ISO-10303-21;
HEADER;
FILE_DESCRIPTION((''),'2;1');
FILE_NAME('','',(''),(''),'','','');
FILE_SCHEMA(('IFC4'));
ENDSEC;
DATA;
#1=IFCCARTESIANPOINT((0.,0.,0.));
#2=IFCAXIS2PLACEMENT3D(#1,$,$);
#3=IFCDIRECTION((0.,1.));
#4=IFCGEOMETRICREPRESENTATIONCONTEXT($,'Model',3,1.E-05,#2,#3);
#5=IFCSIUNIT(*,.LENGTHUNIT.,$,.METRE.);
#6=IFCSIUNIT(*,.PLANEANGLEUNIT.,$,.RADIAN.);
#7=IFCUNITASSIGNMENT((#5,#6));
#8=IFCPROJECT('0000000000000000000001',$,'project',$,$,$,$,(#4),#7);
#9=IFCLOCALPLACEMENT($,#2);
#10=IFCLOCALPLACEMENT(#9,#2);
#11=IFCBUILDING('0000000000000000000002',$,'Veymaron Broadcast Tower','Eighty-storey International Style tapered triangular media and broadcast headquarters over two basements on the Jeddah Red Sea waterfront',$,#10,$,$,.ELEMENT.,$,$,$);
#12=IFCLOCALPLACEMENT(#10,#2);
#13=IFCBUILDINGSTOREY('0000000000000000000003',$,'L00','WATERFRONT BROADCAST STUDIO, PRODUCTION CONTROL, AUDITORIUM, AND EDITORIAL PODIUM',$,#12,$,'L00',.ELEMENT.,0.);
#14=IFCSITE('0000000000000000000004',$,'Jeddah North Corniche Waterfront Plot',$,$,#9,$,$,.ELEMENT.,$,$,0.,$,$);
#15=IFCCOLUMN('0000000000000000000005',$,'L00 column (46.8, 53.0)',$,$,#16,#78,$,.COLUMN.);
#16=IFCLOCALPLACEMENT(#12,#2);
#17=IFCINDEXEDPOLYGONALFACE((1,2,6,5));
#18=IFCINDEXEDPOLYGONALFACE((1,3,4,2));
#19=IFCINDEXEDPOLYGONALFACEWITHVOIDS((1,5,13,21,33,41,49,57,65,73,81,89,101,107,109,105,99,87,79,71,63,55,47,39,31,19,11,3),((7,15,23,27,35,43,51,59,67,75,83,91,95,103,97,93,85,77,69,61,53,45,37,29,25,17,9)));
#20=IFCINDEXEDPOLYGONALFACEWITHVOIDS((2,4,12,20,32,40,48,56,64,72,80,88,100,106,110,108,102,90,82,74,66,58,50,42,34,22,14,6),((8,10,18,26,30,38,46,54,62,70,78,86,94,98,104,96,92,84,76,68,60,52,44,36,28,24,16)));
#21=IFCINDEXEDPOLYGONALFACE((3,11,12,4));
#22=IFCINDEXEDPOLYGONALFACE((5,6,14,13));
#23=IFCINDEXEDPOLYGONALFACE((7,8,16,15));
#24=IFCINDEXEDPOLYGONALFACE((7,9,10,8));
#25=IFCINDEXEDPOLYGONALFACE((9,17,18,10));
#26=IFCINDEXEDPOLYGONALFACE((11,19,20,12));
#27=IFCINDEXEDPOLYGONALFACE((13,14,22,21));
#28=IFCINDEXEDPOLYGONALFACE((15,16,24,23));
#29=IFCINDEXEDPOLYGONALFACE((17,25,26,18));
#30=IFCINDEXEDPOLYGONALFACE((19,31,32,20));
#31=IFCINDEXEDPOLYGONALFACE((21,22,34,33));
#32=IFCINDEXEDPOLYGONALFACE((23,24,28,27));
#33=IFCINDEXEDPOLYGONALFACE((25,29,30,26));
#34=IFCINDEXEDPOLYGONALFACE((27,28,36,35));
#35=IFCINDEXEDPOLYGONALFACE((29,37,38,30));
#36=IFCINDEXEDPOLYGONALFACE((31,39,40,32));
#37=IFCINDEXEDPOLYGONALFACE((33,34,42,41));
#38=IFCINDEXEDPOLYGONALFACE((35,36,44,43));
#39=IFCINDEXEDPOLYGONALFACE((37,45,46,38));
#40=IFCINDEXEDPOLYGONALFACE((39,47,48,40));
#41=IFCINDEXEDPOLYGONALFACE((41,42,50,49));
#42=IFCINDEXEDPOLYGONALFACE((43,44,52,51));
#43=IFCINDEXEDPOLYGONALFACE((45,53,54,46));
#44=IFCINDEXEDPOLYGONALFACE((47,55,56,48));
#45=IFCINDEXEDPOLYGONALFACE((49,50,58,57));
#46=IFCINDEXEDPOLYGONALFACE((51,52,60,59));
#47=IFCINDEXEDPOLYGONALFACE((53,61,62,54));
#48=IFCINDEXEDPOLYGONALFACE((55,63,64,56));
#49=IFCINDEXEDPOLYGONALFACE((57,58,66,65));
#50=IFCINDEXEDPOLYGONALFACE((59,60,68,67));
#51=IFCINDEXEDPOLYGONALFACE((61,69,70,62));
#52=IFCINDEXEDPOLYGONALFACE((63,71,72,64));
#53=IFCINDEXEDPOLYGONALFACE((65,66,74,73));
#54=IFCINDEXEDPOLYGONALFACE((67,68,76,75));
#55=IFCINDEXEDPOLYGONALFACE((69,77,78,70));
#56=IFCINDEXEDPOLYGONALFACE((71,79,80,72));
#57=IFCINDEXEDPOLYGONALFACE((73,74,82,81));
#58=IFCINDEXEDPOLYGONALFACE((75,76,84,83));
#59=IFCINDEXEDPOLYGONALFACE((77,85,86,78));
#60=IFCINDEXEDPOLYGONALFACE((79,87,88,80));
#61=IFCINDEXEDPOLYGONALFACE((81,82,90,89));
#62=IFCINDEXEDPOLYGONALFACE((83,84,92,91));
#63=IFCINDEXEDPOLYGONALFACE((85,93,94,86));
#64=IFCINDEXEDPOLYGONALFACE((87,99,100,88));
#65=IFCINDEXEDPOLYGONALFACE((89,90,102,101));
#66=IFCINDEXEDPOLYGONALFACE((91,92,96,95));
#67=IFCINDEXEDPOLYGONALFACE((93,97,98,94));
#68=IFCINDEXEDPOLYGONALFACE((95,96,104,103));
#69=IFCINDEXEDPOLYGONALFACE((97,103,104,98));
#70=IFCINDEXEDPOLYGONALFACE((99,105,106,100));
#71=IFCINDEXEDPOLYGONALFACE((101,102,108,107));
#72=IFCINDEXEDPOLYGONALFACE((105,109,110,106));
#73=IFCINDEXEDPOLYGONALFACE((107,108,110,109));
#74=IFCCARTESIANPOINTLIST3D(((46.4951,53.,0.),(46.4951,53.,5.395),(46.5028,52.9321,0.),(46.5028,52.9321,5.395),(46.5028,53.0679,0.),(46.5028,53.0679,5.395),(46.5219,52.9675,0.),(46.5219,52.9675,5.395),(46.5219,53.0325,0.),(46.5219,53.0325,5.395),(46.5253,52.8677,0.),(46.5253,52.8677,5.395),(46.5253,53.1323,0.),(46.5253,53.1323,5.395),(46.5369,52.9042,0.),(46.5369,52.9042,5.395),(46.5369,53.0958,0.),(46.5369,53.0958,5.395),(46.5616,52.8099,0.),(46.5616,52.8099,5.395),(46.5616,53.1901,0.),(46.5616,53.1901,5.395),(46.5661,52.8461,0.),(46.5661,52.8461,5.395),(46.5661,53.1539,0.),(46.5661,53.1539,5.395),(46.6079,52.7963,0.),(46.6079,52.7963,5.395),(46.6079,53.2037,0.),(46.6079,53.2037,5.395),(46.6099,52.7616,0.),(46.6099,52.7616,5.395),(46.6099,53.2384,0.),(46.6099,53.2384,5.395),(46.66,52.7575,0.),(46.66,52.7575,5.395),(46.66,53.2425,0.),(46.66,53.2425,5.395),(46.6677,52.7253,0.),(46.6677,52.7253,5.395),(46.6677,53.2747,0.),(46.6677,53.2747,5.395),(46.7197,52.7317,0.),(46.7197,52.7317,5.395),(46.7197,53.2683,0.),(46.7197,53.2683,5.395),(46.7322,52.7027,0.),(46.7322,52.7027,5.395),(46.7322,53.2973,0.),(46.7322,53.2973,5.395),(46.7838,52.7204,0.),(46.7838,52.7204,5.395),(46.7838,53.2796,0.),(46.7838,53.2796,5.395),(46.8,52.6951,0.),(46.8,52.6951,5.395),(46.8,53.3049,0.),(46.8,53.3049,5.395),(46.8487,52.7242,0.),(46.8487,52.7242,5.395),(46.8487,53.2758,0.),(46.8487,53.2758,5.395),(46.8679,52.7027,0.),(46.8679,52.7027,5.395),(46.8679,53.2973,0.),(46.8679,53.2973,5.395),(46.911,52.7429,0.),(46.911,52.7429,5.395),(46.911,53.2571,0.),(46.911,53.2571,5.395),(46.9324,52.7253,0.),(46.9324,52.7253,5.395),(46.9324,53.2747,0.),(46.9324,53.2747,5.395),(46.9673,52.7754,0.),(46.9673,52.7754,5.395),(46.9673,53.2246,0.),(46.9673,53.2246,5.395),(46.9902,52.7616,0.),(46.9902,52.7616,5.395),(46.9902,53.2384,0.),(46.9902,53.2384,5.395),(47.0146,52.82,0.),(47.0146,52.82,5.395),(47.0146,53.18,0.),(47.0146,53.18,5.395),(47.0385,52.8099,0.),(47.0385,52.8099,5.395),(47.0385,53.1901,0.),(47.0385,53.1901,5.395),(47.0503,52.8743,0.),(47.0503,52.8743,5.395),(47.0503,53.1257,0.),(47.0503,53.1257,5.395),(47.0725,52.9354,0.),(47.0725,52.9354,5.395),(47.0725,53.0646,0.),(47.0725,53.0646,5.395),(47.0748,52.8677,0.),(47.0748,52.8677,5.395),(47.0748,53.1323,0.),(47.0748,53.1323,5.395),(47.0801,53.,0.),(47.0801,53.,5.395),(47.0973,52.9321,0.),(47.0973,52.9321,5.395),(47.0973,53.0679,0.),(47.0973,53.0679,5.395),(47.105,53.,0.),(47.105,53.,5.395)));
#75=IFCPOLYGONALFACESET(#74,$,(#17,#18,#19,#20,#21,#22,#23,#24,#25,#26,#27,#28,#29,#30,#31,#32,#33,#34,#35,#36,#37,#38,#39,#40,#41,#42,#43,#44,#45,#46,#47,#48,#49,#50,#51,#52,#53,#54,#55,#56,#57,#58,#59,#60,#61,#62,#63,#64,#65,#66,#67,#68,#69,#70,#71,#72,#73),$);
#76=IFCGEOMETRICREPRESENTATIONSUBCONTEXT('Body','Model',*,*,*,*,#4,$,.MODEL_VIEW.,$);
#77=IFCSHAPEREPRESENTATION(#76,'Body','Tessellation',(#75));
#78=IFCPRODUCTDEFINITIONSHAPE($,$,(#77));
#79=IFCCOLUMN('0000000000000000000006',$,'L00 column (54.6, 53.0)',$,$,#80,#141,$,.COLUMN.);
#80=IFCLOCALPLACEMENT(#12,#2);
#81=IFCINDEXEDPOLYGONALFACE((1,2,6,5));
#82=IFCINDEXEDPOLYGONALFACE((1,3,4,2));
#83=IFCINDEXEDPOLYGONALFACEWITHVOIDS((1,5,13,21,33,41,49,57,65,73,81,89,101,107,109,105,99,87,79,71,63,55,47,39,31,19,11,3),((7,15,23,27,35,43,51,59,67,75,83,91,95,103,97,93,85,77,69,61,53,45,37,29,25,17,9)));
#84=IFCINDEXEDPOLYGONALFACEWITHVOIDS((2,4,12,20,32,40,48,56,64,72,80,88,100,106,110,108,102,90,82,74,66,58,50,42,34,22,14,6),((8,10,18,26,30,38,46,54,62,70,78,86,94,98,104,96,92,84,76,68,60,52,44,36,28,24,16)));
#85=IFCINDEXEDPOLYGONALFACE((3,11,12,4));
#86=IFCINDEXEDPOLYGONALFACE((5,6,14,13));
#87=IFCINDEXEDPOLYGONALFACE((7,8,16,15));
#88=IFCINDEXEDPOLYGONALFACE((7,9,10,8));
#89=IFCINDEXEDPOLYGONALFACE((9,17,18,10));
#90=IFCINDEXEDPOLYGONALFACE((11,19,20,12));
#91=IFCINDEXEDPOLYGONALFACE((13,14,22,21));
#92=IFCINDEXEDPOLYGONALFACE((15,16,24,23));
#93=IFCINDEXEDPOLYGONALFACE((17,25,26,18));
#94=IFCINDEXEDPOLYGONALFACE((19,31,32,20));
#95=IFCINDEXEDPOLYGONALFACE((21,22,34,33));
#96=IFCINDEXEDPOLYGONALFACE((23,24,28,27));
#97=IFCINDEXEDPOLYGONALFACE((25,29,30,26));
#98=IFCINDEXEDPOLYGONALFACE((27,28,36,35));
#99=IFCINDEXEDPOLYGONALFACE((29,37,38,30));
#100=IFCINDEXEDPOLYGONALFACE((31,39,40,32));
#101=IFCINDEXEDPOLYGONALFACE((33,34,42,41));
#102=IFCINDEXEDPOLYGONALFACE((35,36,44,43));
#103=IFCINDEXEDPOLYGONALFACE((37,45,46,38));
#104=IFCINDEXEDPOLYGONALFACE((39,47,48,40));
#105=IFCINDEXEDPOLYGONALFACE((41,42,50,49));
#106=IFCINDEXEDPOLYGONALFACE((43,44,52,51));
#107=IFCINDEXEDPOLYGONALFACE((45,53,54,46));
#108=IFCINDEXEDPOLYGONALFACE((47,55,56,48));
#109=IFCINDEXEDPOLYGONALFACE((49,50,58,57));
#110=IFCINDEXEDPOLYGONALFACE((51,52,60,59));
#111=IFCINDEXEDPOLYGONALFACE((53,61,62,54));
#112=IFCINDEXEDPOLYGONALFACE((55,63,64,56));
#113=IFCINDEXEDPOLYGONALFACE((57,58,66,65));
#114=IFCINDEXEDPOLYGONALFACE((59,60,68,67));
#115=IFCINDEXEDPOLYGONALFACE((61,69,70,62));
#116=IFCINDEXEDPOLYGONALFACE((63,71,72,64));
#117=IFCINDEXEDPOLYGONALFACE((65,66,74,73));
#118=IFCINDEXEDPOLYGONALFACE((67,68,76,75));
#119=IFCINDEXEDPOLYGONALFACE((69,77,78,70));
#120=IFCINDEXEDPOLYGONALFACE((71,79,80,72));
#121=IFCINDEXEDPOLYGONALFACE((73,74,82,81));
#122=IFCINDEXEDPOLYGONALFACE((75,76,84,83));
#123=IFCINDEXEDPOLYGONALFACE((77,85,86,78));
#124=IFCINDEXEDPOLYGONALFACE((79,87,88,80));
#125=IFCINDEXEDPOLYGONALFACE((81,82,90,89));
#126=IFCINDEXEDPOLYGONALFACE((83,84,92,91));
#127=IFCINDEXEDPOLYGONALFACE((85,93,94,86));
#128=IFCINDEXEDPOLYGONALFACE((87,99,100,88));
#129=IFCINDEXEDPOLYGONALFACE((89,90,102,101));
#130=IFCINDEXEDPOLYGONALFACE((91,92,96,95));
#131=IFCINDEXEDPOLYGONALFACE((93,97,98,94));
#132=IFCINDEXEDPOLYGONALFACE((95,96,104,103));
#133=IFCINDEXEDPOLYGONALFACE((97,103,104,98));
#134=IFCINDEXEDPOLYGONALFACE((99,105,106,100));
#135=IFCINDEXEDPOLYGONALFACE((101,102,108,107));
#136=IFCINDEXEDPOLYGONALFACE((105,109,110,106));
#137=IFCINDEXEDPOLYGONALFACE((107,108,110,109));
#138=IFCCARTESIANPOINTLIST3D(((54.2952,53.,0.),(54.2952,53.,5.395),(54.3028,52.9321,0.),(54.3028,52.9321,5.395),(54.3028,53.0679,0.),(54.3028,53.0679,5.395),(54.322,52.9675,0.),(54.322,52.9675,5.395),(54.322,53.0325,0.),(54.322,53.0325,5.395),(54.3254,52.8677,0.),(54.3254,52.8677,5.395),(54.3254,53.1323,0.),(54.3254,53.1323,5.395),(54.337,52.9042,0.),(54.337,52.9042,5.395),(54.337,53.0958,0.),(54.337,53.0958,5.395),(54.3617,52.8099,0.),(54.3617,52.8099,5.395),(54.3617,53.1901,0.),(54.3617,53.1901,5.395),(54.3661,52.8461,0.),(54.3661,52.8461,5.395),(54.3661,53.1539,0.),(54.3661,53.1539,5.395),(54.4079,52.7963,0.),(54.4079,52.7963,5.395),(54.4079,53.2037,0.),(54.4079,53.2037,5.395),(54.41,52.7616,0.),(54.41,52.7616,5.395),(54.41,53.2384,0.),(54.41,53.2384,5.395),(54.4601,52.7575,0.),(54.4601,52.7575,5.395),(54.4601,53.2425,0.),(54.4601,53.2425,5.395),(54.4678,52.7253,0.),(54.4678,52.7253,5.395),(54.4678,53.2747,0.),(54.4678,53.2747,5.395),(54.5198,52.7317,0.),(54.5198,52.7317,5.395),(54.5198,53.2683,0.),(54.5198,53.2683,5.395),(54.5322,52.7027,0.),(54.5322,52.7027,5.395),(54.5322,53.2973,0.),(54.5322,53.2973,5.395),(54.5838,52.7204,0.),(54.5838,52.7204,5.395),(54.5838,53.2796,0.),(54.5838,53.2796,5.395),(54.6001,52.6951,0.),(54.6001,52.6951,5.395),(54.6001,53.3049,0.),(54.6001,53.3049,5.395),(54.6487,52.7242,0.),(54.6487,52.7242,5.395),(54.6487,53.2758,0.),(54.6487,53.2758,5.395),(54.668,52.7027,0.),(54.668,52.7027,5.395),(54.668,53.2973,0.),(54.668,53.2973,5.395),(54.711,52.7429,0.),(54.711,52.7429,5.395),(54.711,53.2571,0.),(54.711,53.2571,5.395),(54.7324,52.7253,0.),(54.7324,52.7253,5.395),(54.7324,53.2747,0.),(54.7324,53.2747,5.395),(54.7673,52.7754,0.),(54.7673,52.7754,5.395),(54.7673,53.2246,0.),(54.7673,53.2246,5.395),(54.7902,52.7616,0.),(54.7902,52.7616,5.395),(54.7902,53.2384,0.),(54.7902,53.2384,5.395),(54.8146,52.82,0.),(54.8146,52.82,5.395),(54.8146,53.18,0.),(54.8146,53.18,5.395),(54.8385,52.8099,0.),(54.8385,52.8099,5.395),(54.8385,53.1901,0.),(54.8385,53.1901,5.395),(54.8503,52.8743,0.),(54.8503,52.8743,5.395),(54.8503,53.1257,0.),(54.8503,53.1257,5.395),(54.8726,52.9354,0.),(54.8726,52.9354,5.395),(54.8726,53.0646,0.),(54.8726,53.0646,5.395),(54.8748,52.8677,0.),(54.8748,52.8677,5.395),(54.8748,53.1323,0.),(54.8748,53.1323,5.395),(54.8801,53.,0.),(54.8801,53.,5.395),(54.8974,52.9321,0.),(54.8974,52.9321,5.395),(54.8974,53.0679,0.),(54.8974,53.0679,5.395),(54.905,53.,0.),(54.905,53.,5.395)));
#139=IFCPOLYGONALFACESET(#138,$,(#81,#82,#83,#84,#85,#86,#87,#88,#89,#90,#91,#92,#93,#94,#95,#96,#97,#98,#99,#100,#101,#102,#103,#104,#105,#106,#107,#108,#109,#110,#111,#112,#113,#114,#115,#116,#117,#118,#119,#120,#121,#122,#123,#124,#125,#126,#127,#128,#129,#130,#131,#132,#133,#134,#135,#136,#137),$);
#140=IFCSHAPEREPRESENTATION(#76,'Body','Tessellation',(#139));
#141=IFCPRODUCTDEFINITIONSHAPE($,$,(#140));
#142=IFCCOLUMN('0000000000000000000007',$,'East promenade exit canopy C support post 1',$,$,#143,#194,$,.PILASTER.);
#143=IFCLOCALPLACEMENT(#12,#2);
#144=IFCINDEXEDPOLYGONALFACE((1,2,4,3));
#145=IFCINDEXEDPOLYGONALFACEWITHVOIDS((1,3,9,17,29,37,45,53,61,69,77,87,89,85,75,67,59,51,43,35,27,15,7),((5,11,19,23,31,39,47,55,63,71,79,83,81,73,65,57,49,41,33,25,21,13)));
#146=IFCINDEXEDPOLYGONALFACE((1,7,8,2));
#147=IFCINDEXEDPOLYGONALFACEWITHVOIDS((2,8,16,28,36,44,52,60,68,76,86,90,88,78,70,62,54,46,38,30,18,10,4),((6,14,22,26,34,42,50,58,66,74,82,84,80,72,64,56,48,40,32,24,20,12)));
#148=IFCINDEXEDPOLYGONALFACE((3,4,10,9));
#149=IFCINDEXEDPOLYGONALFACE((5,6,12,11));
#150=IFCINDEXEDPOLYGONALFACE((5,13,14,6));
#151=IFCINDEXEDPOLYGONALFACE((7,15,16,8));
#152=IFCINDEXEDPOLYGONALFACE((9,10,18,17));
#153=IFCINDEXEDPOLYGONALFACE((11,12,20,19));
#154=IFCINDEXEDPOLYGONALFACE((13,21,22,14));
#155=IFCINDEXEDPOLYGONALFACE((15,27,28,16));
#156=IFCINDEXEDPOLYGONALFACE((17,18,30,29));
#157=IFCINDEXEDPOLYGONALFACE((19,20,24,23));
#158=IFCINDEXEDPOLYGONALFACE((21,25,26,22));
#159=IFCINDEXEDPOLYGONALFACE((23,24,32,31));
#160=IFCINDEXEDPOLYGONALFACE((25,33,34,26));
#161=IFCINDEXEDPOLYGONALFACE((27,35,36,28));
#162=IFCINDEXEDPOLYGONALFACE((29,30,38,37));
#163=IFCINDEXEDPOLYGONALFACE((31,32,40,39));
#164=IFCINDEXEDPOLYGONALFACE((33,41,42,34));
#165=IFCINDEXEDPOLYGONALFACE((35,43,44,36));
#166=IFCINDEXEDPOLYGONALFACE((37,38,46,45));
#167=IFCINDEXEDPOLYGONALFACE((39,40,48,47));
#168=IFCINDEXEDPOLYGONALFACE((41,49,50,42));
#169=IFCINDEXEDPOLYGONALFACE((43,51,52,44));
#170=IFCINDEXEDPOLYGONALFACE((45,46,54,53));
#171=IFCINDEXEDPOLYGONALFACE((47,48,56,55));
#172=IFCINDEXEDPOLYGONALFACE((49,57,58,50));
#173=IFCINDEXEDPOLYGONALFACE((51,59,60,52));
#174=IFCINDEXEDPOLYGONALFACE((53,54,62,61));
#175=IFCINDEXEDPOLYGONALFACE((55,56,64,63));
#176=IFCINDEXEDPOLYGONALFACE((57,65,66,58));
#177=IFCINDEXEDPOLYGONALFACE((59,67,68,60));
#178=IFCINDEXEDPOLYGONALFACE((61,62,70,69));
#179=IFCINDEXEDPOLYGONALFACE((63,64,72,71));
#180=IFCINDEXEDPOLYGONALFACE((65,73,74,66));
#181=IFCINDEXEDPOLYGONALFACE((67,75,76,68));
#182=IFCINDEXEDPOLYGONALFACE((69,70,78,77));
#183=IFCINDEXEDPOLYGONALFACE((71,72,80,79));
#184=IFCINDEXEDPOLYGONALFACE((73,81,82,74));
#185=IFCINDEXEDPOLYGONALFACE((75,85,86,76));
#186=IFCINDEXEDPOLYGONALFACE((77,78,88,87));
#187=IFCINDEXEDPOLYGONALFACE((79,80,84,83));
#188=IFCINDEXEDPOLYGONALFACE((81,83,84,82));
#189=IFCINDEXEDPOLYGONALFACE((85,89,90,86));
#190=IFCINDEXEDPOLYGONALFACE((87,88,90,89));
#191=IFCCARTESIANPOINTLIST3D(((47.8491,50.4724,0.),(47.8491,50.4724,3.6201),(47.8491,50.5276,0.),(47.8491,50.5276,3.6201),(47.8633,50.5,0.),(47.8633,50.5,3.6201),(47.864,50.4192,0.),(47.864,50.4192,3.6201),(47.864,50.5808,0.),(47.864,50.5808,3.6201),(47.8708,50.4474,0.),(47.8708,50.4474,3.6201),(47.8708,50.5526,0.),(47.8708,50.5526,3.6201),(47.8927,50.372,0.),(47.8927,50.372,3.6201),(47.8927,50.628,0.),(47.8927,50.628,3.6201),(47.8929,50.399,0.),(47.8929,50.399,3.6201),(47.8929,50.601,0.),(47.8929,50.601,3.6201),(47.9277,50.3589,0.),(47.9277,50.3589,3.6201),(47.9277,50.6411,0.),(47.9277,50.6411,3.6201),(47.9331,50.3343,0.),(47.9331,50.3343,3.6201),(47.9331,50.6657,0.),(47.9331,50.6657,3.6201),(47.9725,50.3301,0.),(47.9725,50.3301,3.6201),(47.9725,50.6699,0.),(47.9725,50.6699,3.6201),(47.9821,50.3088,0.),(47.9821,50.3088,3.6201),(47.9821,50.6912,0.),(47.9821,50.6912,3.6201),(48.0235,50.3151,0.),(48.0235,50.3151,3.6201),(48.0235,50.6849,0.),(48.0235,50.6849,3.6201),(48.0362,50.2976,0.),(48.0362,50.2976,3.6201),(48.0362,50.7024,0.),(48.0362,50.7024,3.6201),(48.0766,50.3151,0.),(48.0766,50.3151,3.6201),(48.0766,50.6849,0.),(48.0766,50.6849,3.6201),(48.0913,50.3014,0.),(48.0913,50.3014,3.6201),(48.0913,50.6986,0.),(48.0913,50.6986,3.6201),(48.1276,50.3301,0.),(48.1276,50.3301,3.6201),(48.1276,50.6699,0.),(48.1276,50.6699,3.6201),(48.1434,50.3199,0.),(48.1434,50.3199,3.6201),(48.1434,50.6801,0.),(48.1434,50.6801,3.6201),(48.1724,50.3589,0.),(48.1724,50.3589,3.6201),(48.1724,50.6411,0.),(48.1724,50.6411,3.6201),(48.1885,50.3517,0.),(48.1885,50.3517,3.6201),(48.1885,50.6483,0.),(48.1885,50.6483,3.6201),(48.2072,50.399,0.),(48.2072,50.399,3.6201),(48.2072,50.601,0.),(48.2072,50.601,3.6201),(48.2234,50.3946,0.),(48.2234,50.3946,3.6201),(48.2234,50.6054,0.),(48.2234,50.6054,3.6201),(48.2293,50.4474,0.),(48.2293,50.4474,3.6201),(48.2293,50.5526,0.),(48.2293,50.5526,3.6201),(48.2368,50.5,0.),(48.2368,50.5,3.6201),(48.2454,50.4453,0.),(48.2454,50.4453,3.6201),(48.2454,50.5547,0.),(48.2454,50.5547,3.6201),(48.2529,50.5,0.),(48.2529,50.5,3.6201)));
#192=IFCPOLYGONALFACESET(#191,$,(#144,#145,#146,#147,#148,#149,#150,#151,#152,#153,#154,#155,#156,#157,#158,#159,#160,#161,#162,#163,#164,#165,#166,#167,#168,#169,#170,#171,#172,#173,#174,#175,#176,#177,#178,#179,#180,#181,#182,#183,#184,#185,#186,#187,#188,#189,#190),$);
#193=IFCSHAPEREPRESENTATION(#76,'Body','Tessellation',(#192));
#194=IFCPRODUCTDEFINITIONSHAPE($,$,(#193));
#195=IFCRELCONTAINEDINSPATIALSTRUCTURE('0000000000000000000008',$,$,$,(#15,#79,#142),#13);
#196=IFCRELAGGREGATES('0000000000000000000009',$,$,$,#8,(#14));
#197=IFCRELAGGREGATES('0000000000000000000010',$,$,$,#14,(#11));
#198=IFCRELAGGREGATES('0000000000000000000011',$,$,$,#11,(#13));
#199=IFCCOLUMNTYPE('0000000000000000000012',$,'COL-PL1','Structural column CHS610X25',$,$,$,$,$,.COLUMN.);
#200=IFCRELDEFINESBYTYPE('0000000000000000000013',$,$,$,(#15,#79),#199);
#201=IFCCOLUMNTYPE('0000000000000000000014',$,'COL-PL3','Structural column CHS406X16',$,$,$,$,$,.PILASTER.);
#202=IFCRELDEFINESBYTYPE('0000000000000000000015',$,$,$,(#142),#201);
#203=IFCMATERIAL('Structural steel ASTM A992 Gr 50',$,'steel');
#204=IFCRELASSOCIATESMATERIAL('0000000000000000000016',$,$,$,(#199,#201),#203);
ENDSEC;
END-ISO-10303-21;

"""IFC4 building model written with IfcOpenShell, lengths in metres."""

from ifc_helpers import new_model, si_unit, direction, frame, origin, origin_2d, place, context, subcontext, project, spatial, hollow_circle, extrude, material, material_profile, profile_set, type_object, element, save


model = new_model("IFC4")

# Units and contexts
model_context = context("Model", 3, precision=1e-05, world=origin(), true_north=direction((0.0, 1.0)))
body_context = subcontext(model_context, "Body", "Model", "MODEL_VIEW")
ifc_project = project(units=[si_unit("LENGTHUNIT", "METRE"), si_unit("PLANEANGLEUNIT", "RADIAN")], contexts=[model_context])

# Site, building, storey
site_placement = place(None, origin())
site = spatial("IfcSite", under=ifc_project, at=site_placement, Name="Jeddah North Corniche Waterfront Plot", CompositionType="ELEMENT", RefElevation=0.0)
building_placement = place(site_placement, origin())
building = spatial("IfcBuilding", under=site, at=building_placement, Name="Veymaron Broadcast Tower", Description="Eighty-storey International Style tapered triangular media and broadcast headquarters over two basements on the Jeddah Red Sea waterfront", CompositionType="ELEMENT")
storey_placement = place(building_placement, origin())
storey = spatial("IfcBuildingStorey", under=building, at=storey_placement, Name="L00", Description="WATERFRONT BROADCAST STUDIO, PRODUCTION CONTROL, AUDITORIUM, AND EDITORIAL PODIUM", LongName="L00", CompositionType="ELEMENT", Elevation=0.0)

# Columns
ifc_material_1 = material(Name="Structural steel ASTM A992 Gr 50", Category="steel")
ifc_material_profile_1 = material_profile(ifc_material_1, hollow_circle(Radius=0.3049, WallThickness=0.0249, at=origin_2d()), Name="CHS610X25")
ifc_profile_set_1 = profile_set([ifc_material_profile_1], Name="Structural steel ASTM A992 Gr 50")
column_type_1 = type_object("IfcColumnType", Name="COL-PL1", Description="Structural column CHS610X25", PredefinedType="COLUMN", material=ifc_profile_set_1)
for number, where, z_axis, x_axis, name in (
    (1, (46.8, 53.0, 0.0), (0.0, 0.0, 1.0), (1.0, 0.0, 0.0), "L00 column (46.8, 53.0)"),
    (2, (54.6001, 53.0, 0.0), (0.0, 0.0, 1.0), (1.0, 0.0, 0.0), "L00 column (54.6, 53.0)"),
):
    element("IfcColumn", number, at=place(storey_placement, frame(where, z_axis=z_axis, x_axis=x_axis)), inside=storey, type_object=column_type_1, Name=name, PredefinedType="COLUMN", context=body_context, shape_type="SweptSolid", body=[
        extrude(hollow_circle(Radius=0.3049, WallThickness=0.0249, at=origin_2d()), origin(), (0.0, 0.0, 1.0), 5.395),
    ])
ifc_material_profile_2 = material_profile(ifc_material_1, hollow_circle(Radius=0.2029, WallThickness=0.0161, at=origin_2d()), Name="CHS406X16")
ifc_profile_set_2 = profile_set([ifc_material_profile_2], Name="Structural steel ASTM A992 Gr 50")
column_type_2 = type_object("IfcColumnType", Name="COL-PL3", Description="Structural column CHS406X16", PredefinedType="PILASTER", material=ifc_profile_set_2)
for number, where, z_axis, x_axis, name in (
    (3, (48.05, 50.5, 0.0), (0.0, 0.0, 1.0), (1.0, 0.0, 0.0), "East promenade exit canopy C support post 1"),
):
    element("IfcColumn", number, at=place(storey_placement, frame(where, z_axis=z_axis, x_axis=x_axis)), inside=storey, type_object=column_type_2, Name=name, PredefinedType="PILASTER", context=body_context, shape_type="SweptSolid", body=[
        extrude(hollow_circle(Radius=0.2029, WallThickness=0.0161, at=origin_2d()), origin(), (0.0, 0.0, 1.0), 3.6201),
    ])

save(model, "model.ifc")
